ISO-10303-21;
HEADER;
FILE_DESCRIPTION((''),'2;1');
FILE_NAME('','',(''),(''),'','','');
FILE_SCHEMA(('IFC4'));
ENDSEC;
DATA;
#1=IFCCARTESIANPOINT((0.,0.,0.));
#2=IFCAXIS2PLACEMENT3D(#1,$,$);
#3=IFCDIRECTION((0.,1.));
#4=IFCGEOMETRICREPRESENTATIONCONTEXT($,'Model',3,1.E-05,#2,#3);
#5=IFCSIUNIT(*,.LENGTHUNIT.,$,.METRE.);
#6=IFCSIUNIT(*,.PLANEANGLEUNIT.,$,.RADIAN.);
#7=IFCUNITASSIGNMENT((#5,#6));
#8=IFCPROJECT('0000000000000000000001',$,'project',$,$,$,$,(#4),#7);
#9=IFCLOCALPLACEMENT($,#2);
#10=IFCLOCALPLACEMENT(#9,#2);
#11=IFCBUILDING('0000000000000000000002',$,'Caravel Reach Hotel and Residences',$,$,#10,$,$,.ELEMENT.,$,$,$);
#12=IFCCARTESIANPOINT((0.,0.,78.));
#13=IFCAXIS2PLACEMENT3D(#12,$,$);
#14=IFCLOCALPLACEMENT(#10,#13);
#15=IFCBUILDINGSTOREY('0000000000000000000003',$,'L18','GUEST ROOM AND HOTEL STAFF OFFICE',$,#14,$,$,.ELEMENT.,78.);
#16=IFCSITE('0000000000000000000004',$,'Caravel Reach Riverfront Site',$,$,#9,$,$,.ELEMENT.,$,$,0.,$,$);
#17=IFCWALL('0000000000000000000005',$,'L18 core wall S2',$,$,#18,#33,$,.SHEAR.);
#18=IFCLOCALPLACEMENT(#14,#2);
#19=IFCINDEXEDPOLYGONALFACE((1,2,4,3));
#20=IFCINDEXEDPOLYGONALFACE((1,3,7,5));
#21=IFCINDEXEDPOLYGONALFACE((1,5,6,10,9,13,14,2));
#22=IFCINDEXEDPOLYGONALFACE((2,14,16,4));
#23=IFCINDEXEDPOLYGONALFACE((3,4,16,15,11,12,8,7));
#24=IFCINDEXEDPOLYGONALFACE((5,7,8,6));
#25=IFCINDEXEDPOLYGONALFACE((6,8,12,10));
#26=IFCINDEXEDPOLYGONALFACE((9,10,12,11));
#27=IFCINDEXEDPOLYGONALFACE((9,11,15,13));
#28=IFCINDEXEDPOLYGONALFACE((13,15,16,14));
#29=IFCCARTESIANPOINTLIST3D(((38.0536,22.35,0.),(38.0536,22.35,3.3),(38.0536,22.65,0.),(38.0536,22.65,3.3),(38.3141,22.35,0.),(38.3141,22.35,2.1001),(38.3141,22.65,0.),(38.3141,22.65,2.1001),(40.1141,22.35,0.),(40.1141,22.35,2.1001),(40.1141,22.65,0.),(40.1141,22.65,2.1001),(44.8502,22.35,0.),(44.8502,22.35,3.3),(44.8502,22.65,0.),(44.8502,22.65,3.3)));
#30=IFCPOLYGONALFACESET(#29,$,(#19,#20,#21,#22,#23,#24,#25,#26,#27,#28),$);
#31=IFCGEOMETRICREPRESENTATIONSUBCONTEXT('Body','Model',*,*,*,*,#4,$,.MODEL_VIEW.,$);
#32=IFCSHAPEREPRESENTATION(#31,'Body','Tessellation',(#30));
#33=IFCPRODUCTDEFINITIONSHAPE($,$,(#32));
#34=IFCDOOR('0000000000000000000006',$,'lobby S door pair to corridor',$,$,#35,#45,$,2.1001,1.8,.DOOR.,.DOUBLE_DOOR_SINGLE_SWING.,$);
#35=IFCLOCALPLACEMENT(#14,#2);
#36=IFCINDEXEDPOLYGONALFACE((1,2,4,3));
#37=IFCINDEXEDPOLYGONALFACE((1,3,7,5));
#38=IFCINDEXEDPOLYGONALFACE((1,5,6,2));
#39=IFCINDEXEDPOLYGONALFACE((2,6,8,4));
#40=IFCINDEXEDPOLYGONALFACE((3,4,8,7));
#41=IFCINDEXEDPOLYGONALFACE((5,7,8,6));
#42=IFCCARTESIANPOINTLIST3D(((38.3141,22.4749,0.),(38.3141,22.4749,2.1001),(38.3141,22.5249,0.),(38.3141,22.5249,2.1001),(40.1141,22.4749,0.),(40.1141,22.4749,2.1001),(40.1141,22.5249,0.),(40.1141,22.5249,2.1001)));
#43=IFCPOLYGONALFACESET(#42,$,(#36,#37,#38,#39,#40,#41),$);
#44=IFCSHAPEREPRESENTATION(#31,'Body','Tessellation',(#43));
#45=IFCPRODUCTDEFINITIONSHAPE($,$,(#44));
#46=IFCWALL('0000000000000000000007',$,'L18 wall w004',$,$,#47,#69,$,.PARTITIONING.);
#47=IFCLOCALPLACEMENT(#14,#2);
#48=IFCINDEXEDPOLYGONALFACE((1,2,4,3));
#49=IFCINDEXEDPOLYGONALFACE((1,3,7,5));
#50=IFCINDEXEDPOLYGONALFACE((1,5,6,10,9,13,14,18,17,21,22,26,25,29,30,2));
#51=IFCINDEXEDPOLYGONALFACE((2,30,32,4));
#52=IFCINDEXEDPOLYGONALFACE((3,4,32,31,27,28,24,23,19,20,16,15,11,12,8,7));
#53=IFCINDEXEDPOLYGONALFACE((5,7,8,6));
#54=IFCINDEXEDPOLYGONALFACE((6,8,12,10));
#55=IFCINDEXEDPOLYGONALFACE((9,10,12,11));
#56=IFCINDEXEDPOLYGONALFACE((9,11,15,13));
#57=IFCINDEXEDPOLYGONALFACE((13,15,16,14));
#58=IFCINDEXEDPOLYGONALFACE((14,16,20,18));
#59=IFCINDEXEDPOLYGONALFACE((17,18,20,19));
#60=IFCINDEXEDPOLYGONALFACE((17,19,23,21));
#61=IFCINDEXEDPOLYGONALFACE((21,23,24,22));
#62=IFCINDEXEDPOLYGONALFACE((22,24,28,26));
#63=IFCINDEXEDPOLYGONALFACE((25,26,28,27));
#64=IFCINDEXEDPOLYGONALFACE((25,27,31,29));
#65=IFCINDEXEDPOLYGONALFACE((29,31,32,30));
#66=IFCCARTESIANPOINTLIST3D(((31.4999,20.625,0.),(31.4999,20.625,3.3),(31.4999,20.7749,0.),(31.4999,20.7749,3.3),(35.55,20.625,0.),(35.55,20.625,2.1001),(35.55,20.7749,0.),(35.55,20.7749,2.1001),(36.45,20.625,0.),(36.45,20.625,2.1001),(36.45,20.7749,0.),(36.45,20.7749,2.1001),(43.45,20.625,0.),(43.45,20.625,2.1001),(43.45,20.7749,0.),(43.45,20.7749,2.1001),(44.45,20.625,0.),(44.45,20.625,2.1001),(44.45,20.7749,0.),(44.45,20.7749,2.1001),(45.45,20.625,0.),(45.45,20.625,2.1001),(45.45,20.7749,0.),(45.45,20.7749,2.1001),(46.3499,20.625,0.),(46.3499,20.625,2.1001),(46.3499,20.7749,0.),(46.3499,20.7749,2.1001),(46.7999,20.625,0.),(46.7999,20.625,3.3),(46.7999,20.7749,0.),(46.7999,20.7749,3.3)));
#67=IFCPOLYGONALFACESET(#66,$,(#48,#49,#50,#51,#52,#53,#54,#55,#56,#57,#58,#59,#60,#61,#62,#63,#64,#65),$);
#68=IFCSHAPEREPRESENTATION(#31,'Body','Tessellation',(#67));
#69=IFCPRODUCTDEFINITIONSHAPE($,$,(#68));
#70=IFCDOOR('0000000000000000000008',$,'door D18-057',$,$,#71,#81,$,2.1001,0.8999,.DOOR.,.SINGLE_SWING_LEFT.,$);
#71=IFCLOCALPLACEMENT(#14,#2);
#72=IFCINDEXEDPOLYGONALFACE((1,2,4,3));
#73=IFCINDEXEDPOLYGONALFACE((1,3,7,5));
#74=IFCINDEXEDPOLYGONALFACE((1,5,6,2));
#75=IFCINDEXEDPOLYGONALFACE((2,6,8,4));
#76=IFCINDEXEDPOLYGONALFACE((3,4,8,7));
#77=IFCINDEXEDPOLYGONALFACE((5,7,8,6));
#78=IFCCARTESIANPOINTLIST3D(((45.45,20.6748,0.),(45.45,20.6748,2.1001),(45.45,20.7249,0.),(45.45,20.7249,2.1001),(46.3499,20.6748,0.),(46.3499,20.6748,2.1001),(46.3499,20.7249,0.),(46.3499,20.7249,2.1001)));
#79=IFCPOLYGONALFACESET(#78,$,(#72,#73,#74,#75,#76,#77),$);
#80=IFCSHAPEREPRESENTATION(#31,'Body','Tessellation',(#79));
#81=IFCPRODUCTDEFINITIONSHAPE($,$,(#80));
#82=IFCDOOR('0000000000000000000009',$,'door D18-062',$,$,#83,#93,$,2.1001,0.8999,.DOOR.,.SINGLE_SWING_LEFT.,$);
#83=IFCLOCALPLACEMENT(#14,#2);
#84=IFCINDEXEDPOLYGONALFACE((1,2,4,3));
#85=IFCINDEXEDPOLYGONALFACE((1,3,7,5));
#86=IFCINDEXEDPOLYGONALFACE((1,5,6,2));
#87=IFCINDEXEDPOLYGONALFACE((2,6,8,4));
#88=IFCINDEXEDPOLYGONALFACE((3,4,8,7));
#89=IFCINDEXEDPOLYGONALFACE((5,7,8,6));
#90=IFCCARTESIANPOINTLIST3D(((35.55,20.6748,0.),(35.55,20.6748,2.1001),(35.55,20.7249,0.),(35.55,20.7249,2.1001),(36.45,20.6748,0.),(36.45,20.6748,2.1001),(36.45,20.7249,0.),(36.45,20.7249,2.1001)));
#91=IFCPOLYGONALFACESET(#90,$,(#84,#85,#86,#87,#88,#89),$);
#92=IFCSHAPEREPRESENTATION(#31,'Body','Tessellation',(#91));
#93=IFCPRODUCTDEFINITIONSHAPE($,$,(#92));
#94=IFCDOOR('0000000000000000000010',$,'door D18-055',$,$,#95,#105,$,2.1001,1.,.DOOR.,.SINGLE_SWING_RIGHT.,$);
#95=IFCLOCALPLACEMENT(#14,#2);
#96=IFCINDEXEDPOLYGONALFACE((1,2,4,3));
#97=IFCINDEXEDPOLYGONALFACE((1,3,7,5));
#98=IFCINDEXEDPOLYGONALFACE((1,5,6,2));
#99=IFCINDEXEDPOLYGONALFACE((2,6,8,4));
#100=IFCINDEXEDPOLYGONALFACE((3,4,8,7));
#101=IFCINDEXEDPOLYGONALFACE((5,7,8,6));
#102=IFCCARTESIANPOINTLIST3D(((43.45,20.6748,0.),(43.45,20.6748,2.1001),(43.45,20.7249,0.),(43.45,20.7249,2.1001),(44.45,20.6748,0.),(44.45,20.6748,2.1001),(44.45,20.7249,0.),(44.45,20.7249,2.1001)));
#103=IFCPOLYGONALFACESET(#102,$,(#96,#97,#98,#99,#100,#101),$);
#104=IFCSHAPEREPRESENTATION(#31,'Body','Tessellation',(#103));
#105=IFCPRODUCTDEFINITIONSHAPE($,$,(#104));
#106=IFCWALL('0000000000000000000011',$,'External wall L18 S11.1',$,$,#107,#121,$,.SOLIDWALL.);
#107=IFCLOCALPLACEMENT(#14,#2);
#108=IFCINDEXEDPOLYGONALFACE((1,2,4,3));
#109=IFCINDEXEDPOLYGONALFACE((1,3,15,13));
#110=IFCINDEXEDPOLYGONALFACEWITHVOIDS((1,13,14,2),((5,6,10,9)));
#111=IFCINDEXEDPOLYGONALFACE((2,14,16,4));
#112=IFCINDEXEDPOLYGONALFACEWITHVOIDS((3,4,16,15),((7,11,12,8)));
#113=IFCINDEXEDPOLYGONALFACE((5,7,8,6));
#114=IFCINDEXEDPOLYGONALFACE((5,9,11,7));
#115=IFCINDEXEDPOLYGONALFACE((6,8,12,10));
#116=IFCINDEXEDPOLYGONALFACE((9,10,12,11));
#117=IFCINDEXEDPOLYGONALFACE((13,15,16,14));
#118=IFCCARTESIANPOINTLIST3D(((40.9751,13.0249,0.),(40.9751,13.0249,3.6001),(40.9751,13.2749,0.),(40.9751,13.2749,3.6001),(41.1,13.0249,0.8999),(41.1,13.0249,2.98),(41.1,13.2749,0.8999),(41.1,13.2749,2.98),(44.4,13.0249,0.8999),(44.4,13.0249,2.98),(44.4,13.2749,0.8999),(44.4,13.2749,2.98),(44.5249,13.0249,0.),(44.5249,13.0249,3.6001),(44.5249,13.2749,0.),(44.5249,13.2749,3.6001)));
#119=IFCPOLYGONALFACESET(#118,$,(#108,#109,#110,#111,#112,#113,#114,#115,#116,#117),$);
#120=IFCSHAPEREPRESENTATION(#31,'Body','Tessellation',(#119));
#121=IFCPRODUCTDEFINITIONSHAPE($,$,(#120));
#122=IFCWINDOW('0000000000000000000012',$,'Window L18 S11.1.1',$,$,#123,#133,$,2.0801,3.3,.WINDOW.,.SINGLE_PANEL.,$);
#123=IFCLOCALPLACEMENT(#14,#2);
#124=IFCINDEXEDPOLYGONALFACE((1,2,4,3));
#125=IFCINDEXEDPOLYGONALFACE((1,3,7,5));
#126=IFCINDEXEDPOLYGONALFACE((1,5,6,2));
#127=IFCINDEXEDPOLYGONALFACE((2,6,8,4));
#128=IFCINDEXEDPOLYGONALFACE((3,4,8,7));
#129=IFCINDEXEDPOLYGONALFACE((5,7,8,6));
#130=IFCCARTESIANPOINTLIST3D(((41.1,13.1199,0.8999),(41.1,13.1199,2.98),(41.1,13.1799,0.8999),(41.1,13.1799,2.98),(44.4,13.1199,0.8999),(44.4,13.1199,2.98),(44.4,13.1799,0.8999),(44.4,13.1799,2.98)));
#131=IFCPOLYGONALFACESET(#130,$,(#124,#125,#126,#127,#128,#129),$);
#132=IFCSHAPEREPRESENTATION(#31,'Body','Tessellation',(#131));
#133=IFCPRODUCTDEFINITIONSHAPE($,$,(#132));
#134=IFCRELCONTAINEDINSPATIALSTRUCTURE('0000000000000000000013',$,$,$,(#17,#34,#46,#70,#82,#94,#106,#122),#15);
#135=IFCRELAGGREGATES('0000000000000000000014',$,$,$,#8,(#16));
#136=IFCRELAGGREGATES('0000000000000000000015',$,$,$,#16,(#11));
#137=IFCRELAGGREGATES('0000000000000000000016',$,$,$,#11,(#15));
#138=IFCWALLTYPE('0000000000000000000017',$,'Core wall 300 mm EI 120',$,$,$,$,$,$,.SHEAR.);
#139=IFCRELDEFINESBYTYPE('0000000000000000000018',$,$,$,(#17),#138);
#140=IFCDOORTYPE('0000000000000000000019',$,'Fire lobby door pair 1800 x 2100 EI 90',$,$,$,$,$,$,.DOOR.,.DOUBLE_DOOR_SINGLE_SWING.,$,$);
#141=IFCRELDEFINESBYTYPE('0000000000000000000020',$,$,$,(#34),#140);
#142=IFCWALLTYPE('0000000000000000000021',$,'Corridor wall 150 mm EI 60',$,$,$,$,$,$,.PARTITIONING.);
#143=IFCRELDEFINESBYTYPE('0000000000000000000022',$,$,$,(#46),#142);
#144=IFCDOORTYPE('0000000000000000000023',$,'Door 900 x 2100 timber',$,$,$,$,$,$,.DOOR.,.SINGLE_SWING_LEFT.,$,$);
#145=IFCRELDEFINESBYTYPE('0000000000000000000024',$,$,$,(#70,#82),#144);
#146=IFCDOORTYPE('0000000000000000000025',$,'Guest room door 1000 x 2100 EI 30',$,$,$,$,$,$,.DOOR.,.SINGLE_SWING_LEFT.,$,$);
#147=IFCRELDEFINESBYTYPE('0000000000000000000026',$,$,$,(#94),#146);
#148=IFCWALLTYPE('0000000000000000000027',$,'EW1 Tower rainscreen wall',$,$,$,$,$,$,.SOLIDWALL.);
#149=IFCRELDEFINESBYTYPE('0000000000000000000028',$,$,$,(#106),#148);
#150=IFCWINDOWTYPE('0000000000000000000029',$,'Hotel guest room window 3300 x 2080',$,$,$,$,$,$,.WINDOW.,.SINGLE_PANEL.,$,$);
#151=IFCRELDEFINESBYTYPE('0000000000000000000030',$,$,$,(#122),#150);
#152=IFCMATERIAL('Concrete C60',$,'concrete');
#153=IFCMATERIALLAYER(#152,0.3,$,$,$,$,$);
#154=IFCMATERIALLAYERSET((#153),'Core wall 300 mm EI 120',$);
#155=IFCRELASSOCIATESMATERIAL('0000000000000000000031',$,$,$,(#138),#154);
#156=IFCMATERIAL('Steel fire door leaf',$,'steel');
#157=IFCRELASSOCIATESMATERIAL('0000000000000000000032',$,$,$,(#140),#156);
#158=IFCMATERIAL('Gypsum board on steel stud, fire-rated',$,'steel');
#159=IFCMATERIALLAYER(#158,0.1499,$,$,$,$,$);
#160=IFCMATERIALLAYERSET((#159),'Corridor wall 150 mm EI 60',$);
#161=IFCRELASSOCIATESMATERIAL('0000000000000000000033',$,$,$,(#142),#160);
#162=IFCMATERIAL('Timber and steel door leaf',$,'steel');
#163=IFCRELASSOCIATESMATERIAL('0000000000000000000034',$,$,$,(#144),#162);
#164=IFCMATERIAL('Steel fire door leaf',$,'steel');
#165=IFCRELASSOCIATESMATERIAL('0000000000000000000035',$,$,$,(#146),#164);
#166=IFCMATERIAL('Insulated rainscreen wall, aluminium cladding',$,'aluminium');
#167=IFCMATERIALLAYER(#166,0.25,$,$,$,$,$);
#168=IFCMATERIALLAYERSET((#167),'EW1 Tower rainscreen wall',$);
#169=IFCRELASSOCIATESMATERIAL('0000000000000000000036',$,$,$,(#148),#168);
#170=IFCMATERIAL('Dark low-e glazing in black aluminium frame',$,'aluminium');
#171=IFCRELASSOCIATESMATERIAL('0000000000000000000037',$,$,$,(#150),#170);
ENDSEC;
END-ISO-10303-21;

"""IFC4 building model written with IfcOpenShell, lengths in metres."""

from ifc_helpers import new_model, si_unit, direction, frame, frame_2d, origin, place, context, subcontext, project, spatial, rectangle, extrude, material, layer, layer_set, type_object, element, fill, save


model = new_model("IFC4")

# Units and contexts
model_context = context("Model", 3, precision=1e-05, world=origin(), true_north=direction((0.0, 1.0)))
body_context = subcontext(model_context, "Body", "Model", "MODEL_VIEW")
ifc_project = project(units=[si_unit("LENGTHUNIT", "METRE"), si_unit("PLANEANGLEUNIT", "RADIAN")], contexts=[model_context])

# Site, building, storey
site_placement = place(None, origin())
site = spatial("IfcSite", under=ifc_project, at=site_placement, Name="Caravel Reach Riverfront Site", CompositionType="ELEMENT", RefElevation=0.0)
building_placement = place(site_placement, origin())
building = spatial("IfcBuilding", under=site, at=building_placement, Name="Caravel Reach Hotel and Residences", CompositionType="ELEMENT")
storey_placement = place(building_placement, frame((0.0, 0.0, 78.0)))
storey = spatial("IfcBuildingStorey", under=building, at=storey_placement, Name="L18", Description="GUEST ROOM AND HOTEL STAFF OFFICE", CompositionType="ELEMENT", Elevation=78.0)

# Wall, opening, door
ifc_material_1 = material(Name="Concrete C60", Category="concrete")
ifc_layer_1 = layer(ifc_material_1, 0.3)
ifc_layer_set_1 = layer_set([ifc_layer_1], Name="Core wall 300 mm EI 120")
wall_type_1 = type_object("IfcWallType", Name="Core wall 300 mm EI 120", PredefinedType="SHEAR", material=ifc_layer_set_1)
wall_1_placement = place(storey_placement, frame((38.0535, 22.5, 0.0), z_axis=(0.0, 0.0, 1.0), x_axis=(1.0, 0.0, 0.0)))
wall_1 = element("IfcWall", 1, at=wall_1_placement, inside=storey, type_object=wall_type_1, Name="L18 core wall S2", PredefinedType="SHEAR", context=body_context, shape_type="SweptSolid", body=[
    extrude(rectangle(XDim=6.7966, YDim=0.3, at=frame_2d((3.3984, 0.0))), origin(), (0.0, 0.0, 1.0), 3.3),
])
opening_1_placement = place(wall_1_placement, frame((0.2607, 0.0, 0.0)))
opening_1 = element("IfcOpeningElement", 2, at=opening_1_placement, cuts=wall_1, PredefinedType="OPENING", context=body_context, shape_type="SweptSolid", body=[
    extrude(rectangle(XDim=1.8, YDim=2.1001, at=frame_2d((0.8999, 1.05))), frame((0.0, 0.1599, 0.0), z_axis=(0.0, -1.0, 0.0), x_axis=(1.0, 0.0, 0.0)), (0.0, 0.0, 1.0), 0.3201),
])
ifc_material_2 = material(Name="Steel fire door leaf", Category="steel")
door_type_1 = type_object("IfcDoorType", Name="Fire lobby door pair 1800 x 2100 EI 90", OperationType="DOUBLE_DOOR_SINGLE_SWING", PredefinedType="DOOR", material=ifc_material_2)
door_1_placement = place(opening_1_placement, origin())
door_1 = element("IfcDoor", 3, at=door_1_placement, inside=storey, type_object=door_type_1, Name="lobby S door pair to corridor", OperationType="DOUBLE_DOOR_SINGLE_SWING", OverallHeight=2.1001, OverallWidth=1.8, PredefinedType="DOOR", context=body_context, shape_type="SweptSolid", body=[
    extrude(rectangle(XDim=1.8, YDim=2.1001, at=frame_2d((0.8999, 1.05))), frame((0.0, 0.0249, 0.0), z_axis=(0.0, -1.0, 0.0), x_axis=(1.0, 0.0, 0.0)), (0.0, 0.0, 1.0), 0.05),
])
fill(opening_1, door_1)

# Wall, openings, doors
ifc_material_3 = material(Name="Gypsum board on steel stud, fire-rated", Category="steel")
ifc_layer_2 = layer(ifc_material_3, 0.1499)
ifc_layer_set_2 = layer_set([ifc_layer_2], Name="Corridor wall 150 mm EI 60")
wall_type_2 = type_object("IfcWallType", Name="Corridor wall 150 mm EI 60", PredefinedType="PARTITIONING", material=ifc_layer_set_2)
wall_2_placement = place(storey_placement, frame((31.5, 20.7, 0.0), z_axis=(0.0, 0.0, 1.0), x_axis=(1.0, 0.0, 0.0)))
wall_2 = element("IfcWall", 4, at=wall_2_placement, inside=storey, type_object=wall_type_2, Name="L18 wall w004", PredefinedType="PARTITIONING", context=body_context, shape_type="SweptSolid", body=[
    extrude(rectangle(XDim=15.3, YDim=0.1499, at=frame_2d((7.6499, 0.0))), origin(), (0.0, 0.0, 1.0), 3.3),
])
opening_2_placement = place(wall_2_placement, frame((11.95, 0.0, 0.0)))
opening_2 = element("IfcOpeningElement", 5, at=opening_2_placement, cuts=wall_2, PredefinedType="OPENING", context=body_context, shape_type="SweptSolid", body=[
    extrude(rectangle(XDim=1.0, YDim=2.1001, at=frame_2d((0.5, 1.05))), frame((0.0, 0.085, 0.0), z_axis=(0.0, -1.0, 0.0), x_axis=(1.0, 0.0, 0.0)), (0.0, 0.0, 1.0), 0.1699),
])
opening_3_placement = place(wall_2_placement, frame((13.95, 0.0, 0.0)))
opening_3 = element("IfcOpeningElement", 6, at=opening_3_placement, cuts=wall_2, PredefinedType="OPENING", context=body_context, shape_type="SweptSolid", body=[
    extrude(rectangle(XDim=0.8999, YDim=2.1001, at=frame_2d((0.45, 1.05))), frame((0.0, 0.085, 0.0), z_axis=(0.0, -1.0, 0.0), x_axis=(1.0, 0.0, 0.0)), (0.0, 0.0, 1.0), 0.1699),
])
opening_4_placement = place(wall_2_placement, frame((4.05, 0.0, 0.0)))
opening_4 = element("IfcOpeningElement", 7, at=opening_4_placement, cuts=wall_2, PredefinedType="OPENING", context=body_context, shape_type="SweptSolid", body=[
    extrude(rectangle(XDim=0.8999, YDim=2.1001, at=frame_2d((0.45, 1.05))), frame((0.0, 0.085, 0.0), z_axis=(0.0, -1.0, 0.0), x_axis=(1.0, 0.0, 0.0)), (0.0, 0.0, 1.0), 0.1699),
])
ifc_material_4 = material(Name="Timber and steel door leaf", Category="steel")
door_type_2 = type_object("IfcDoorType", Name="Door 900 x 2100 timber", OperationType="SINGLE_SWING_LEFT", PredefinedType="DOOR", material=ifc_material_4)
door_2_placement = place(opening_3_placement, origin())
door_2 = element("IfcDoor", 8, at=door_2_placement, inside=storey, type_object=door_type_2, Name="door D18-057", OperationType="SINGLE_SWING_LEFT", OverallHeight=2.1001, OverallWidth=0.8999, PredefinedType="DOOR", context=body_context, shape_type="SweptSolid", body=[
    extrude(rectangle(XDim=0.8999, YDim=2.1001, at=frame_2d((0.45, 1.05))), frame((0.0, 0.0249, 0.0), z_axis=(0.0, -1.0, 0.0), x_axis=(1.0, 0.0, 0.0)), (0.0, 0.0, 1.0), 0.05),
])
fill(opening_3, door_2)
door_3_placement = place(opening_4_placement, origin())
door_3 = element("IfcDoor", 9, at=door_3_placement, inside=storey, type_object=door_type_2, Name="door D18-062", OperationType="SINGLE_SWING_LEFT", OverallHeight=2.1001, OverallWidth=0.8999, PredefinedType="DOOR", context=body_context, shape_type="SweptSolid", body=[
    extrude(rectangle(XDim=0.8999, YDim=2.1001, at=frame_2d((0.45, 1.05))), frame((0.0, 0.0249, 0.0), z_axis=(0.0, -1.0, 0.0), x_axis=(1.0, 0.0, 0.0)), (0.0, 0.0, 1.0), 0.05),
])
fill(opening_4, door_3)
ifc_material_5 = material(Name="Steel fire door leaf", Category="steel")
door_type_3 = type_object("IfcDoorType", Name="Guest room door 1000 x 2100 EI 30", OperationType="SINGLE_SWING_LEFT", PredefinedType="DOOR", material=ifc_material_5)
door_4_placement = place(opening_2_placement, origin())
door_4 = element("IfcDoor", 10, at=door_4_placement, inside=storey, type_object=door_type_3, Name="door D18-055", OperationType="SINGLE_SWING_RIGHT", OverallHeight=2.1001, OverallWidth=1.0, PredefinedType="DOOR", context=body_context, shape_type="SweptSolid", body=[
    extrude(rectangle(XDim=1.0, YDim=2.1001, at=frame_2d((0.5, 1.05))), frame((0.0, 0.0249, 0.0), z_axis=(0.0, -1.0, 0.0), x_axis=(1.0, 0.0, 0.0)), (0.0, 0.0, 1.0), 0.05),
])
fill(opening_2, door_4)

# Wall, opening, window
ifc_material_6 = material(Name="Insulated rainscreen wall, aluminium cladding", Category="aluminium")
ifc_layer_3 = layer(ifc_material_6, 0.25)
ifc_layer_set_3 = layer_set([ifc_layer_3], Name="EW1 Tower rainscreen wall")
wall_type_3 = type_object("IfcWallType", Name="EW1 Tower rainscreen wall", PredefinedType="SOLIDWALL", material=ifc_layer_set_3)
wall_3_placement = place(storey_placement, frame((40.9751, 13.1499, 0.0), z_axis=(0.0, 0.0, 1.0), x_axis=(1.0, 0.0, 0.0)))
wall_3 = element("IfcWall", 11, at=wall_3_placement, inside=storey, type_object=wall_type_3, Name="External wall L18 S11.1", PredefinedType="SOLIDWALL", context=body_context, shape_type="SweptSolid", body=[
    extrude(rectangle(XDim=3.5498, YDim=0.25, at=frame_2d((1.7749, 0.0))), origin(), (0.0, 0.0, 1.0), 3.6001),
])
opening_5_placement = place(wall_3_placement, frame((0.125, 0.0, 0.8999)))
opening_5 = element("IfcOpeningElement", 12, at=opening_5_placement, cuts=wall_3, PredefinedType="OPENING", context=body_context, shape_type="SweptSolid", body=[
    extrude(rectangle(XDim=3.3, YDim=2.0801, at=frame_2d((1.6499, 1.04))), frame((0.0, 0.135, 0.0), z_axis=(0.0, -1.0, 0.0), x_axis=(1.0, 0.0, 0.0)), (0.0, 0.0, 1.0), 0.27),
])
ifc_material_7 = material(Name="Dark low-e glazing in black aluminium frame", Category="aluminium")
window_type = type_object("IfcWindowType", Name="Hotel guest room window 3300 x 2080", PartitioningType="SINGLE_PANEL", PredefinedType="WINDOW", material=ifc_material_7)
window_placement = place(opening_5_placement, origin())
window = element("IfcWindow", 13, at=window_placement, inside=storey, type_object=window_type, Name="Window L18 S11.1.1", OverallHeight=2.0801, OverallWidth=3.3, PartitioningType="SINGLE_PANEL", PredefinedType="WINDOW", context=body_context, shape_type="SweptSolid", body=[
    extrude(rectangle(XDim=3.3, YDim=2.0801, at=frame_2d((1.6499, 1.04))), frame((0.0, 0.03, 0.0), z_axis=(0.0, -1.0, 0.0), x_axis=(1.0, 0.0, 0.0)), (0.0, 0.0, 1.0), 0.0601),
])
fill(opening_5, window)

save(model, "model.ifc")
